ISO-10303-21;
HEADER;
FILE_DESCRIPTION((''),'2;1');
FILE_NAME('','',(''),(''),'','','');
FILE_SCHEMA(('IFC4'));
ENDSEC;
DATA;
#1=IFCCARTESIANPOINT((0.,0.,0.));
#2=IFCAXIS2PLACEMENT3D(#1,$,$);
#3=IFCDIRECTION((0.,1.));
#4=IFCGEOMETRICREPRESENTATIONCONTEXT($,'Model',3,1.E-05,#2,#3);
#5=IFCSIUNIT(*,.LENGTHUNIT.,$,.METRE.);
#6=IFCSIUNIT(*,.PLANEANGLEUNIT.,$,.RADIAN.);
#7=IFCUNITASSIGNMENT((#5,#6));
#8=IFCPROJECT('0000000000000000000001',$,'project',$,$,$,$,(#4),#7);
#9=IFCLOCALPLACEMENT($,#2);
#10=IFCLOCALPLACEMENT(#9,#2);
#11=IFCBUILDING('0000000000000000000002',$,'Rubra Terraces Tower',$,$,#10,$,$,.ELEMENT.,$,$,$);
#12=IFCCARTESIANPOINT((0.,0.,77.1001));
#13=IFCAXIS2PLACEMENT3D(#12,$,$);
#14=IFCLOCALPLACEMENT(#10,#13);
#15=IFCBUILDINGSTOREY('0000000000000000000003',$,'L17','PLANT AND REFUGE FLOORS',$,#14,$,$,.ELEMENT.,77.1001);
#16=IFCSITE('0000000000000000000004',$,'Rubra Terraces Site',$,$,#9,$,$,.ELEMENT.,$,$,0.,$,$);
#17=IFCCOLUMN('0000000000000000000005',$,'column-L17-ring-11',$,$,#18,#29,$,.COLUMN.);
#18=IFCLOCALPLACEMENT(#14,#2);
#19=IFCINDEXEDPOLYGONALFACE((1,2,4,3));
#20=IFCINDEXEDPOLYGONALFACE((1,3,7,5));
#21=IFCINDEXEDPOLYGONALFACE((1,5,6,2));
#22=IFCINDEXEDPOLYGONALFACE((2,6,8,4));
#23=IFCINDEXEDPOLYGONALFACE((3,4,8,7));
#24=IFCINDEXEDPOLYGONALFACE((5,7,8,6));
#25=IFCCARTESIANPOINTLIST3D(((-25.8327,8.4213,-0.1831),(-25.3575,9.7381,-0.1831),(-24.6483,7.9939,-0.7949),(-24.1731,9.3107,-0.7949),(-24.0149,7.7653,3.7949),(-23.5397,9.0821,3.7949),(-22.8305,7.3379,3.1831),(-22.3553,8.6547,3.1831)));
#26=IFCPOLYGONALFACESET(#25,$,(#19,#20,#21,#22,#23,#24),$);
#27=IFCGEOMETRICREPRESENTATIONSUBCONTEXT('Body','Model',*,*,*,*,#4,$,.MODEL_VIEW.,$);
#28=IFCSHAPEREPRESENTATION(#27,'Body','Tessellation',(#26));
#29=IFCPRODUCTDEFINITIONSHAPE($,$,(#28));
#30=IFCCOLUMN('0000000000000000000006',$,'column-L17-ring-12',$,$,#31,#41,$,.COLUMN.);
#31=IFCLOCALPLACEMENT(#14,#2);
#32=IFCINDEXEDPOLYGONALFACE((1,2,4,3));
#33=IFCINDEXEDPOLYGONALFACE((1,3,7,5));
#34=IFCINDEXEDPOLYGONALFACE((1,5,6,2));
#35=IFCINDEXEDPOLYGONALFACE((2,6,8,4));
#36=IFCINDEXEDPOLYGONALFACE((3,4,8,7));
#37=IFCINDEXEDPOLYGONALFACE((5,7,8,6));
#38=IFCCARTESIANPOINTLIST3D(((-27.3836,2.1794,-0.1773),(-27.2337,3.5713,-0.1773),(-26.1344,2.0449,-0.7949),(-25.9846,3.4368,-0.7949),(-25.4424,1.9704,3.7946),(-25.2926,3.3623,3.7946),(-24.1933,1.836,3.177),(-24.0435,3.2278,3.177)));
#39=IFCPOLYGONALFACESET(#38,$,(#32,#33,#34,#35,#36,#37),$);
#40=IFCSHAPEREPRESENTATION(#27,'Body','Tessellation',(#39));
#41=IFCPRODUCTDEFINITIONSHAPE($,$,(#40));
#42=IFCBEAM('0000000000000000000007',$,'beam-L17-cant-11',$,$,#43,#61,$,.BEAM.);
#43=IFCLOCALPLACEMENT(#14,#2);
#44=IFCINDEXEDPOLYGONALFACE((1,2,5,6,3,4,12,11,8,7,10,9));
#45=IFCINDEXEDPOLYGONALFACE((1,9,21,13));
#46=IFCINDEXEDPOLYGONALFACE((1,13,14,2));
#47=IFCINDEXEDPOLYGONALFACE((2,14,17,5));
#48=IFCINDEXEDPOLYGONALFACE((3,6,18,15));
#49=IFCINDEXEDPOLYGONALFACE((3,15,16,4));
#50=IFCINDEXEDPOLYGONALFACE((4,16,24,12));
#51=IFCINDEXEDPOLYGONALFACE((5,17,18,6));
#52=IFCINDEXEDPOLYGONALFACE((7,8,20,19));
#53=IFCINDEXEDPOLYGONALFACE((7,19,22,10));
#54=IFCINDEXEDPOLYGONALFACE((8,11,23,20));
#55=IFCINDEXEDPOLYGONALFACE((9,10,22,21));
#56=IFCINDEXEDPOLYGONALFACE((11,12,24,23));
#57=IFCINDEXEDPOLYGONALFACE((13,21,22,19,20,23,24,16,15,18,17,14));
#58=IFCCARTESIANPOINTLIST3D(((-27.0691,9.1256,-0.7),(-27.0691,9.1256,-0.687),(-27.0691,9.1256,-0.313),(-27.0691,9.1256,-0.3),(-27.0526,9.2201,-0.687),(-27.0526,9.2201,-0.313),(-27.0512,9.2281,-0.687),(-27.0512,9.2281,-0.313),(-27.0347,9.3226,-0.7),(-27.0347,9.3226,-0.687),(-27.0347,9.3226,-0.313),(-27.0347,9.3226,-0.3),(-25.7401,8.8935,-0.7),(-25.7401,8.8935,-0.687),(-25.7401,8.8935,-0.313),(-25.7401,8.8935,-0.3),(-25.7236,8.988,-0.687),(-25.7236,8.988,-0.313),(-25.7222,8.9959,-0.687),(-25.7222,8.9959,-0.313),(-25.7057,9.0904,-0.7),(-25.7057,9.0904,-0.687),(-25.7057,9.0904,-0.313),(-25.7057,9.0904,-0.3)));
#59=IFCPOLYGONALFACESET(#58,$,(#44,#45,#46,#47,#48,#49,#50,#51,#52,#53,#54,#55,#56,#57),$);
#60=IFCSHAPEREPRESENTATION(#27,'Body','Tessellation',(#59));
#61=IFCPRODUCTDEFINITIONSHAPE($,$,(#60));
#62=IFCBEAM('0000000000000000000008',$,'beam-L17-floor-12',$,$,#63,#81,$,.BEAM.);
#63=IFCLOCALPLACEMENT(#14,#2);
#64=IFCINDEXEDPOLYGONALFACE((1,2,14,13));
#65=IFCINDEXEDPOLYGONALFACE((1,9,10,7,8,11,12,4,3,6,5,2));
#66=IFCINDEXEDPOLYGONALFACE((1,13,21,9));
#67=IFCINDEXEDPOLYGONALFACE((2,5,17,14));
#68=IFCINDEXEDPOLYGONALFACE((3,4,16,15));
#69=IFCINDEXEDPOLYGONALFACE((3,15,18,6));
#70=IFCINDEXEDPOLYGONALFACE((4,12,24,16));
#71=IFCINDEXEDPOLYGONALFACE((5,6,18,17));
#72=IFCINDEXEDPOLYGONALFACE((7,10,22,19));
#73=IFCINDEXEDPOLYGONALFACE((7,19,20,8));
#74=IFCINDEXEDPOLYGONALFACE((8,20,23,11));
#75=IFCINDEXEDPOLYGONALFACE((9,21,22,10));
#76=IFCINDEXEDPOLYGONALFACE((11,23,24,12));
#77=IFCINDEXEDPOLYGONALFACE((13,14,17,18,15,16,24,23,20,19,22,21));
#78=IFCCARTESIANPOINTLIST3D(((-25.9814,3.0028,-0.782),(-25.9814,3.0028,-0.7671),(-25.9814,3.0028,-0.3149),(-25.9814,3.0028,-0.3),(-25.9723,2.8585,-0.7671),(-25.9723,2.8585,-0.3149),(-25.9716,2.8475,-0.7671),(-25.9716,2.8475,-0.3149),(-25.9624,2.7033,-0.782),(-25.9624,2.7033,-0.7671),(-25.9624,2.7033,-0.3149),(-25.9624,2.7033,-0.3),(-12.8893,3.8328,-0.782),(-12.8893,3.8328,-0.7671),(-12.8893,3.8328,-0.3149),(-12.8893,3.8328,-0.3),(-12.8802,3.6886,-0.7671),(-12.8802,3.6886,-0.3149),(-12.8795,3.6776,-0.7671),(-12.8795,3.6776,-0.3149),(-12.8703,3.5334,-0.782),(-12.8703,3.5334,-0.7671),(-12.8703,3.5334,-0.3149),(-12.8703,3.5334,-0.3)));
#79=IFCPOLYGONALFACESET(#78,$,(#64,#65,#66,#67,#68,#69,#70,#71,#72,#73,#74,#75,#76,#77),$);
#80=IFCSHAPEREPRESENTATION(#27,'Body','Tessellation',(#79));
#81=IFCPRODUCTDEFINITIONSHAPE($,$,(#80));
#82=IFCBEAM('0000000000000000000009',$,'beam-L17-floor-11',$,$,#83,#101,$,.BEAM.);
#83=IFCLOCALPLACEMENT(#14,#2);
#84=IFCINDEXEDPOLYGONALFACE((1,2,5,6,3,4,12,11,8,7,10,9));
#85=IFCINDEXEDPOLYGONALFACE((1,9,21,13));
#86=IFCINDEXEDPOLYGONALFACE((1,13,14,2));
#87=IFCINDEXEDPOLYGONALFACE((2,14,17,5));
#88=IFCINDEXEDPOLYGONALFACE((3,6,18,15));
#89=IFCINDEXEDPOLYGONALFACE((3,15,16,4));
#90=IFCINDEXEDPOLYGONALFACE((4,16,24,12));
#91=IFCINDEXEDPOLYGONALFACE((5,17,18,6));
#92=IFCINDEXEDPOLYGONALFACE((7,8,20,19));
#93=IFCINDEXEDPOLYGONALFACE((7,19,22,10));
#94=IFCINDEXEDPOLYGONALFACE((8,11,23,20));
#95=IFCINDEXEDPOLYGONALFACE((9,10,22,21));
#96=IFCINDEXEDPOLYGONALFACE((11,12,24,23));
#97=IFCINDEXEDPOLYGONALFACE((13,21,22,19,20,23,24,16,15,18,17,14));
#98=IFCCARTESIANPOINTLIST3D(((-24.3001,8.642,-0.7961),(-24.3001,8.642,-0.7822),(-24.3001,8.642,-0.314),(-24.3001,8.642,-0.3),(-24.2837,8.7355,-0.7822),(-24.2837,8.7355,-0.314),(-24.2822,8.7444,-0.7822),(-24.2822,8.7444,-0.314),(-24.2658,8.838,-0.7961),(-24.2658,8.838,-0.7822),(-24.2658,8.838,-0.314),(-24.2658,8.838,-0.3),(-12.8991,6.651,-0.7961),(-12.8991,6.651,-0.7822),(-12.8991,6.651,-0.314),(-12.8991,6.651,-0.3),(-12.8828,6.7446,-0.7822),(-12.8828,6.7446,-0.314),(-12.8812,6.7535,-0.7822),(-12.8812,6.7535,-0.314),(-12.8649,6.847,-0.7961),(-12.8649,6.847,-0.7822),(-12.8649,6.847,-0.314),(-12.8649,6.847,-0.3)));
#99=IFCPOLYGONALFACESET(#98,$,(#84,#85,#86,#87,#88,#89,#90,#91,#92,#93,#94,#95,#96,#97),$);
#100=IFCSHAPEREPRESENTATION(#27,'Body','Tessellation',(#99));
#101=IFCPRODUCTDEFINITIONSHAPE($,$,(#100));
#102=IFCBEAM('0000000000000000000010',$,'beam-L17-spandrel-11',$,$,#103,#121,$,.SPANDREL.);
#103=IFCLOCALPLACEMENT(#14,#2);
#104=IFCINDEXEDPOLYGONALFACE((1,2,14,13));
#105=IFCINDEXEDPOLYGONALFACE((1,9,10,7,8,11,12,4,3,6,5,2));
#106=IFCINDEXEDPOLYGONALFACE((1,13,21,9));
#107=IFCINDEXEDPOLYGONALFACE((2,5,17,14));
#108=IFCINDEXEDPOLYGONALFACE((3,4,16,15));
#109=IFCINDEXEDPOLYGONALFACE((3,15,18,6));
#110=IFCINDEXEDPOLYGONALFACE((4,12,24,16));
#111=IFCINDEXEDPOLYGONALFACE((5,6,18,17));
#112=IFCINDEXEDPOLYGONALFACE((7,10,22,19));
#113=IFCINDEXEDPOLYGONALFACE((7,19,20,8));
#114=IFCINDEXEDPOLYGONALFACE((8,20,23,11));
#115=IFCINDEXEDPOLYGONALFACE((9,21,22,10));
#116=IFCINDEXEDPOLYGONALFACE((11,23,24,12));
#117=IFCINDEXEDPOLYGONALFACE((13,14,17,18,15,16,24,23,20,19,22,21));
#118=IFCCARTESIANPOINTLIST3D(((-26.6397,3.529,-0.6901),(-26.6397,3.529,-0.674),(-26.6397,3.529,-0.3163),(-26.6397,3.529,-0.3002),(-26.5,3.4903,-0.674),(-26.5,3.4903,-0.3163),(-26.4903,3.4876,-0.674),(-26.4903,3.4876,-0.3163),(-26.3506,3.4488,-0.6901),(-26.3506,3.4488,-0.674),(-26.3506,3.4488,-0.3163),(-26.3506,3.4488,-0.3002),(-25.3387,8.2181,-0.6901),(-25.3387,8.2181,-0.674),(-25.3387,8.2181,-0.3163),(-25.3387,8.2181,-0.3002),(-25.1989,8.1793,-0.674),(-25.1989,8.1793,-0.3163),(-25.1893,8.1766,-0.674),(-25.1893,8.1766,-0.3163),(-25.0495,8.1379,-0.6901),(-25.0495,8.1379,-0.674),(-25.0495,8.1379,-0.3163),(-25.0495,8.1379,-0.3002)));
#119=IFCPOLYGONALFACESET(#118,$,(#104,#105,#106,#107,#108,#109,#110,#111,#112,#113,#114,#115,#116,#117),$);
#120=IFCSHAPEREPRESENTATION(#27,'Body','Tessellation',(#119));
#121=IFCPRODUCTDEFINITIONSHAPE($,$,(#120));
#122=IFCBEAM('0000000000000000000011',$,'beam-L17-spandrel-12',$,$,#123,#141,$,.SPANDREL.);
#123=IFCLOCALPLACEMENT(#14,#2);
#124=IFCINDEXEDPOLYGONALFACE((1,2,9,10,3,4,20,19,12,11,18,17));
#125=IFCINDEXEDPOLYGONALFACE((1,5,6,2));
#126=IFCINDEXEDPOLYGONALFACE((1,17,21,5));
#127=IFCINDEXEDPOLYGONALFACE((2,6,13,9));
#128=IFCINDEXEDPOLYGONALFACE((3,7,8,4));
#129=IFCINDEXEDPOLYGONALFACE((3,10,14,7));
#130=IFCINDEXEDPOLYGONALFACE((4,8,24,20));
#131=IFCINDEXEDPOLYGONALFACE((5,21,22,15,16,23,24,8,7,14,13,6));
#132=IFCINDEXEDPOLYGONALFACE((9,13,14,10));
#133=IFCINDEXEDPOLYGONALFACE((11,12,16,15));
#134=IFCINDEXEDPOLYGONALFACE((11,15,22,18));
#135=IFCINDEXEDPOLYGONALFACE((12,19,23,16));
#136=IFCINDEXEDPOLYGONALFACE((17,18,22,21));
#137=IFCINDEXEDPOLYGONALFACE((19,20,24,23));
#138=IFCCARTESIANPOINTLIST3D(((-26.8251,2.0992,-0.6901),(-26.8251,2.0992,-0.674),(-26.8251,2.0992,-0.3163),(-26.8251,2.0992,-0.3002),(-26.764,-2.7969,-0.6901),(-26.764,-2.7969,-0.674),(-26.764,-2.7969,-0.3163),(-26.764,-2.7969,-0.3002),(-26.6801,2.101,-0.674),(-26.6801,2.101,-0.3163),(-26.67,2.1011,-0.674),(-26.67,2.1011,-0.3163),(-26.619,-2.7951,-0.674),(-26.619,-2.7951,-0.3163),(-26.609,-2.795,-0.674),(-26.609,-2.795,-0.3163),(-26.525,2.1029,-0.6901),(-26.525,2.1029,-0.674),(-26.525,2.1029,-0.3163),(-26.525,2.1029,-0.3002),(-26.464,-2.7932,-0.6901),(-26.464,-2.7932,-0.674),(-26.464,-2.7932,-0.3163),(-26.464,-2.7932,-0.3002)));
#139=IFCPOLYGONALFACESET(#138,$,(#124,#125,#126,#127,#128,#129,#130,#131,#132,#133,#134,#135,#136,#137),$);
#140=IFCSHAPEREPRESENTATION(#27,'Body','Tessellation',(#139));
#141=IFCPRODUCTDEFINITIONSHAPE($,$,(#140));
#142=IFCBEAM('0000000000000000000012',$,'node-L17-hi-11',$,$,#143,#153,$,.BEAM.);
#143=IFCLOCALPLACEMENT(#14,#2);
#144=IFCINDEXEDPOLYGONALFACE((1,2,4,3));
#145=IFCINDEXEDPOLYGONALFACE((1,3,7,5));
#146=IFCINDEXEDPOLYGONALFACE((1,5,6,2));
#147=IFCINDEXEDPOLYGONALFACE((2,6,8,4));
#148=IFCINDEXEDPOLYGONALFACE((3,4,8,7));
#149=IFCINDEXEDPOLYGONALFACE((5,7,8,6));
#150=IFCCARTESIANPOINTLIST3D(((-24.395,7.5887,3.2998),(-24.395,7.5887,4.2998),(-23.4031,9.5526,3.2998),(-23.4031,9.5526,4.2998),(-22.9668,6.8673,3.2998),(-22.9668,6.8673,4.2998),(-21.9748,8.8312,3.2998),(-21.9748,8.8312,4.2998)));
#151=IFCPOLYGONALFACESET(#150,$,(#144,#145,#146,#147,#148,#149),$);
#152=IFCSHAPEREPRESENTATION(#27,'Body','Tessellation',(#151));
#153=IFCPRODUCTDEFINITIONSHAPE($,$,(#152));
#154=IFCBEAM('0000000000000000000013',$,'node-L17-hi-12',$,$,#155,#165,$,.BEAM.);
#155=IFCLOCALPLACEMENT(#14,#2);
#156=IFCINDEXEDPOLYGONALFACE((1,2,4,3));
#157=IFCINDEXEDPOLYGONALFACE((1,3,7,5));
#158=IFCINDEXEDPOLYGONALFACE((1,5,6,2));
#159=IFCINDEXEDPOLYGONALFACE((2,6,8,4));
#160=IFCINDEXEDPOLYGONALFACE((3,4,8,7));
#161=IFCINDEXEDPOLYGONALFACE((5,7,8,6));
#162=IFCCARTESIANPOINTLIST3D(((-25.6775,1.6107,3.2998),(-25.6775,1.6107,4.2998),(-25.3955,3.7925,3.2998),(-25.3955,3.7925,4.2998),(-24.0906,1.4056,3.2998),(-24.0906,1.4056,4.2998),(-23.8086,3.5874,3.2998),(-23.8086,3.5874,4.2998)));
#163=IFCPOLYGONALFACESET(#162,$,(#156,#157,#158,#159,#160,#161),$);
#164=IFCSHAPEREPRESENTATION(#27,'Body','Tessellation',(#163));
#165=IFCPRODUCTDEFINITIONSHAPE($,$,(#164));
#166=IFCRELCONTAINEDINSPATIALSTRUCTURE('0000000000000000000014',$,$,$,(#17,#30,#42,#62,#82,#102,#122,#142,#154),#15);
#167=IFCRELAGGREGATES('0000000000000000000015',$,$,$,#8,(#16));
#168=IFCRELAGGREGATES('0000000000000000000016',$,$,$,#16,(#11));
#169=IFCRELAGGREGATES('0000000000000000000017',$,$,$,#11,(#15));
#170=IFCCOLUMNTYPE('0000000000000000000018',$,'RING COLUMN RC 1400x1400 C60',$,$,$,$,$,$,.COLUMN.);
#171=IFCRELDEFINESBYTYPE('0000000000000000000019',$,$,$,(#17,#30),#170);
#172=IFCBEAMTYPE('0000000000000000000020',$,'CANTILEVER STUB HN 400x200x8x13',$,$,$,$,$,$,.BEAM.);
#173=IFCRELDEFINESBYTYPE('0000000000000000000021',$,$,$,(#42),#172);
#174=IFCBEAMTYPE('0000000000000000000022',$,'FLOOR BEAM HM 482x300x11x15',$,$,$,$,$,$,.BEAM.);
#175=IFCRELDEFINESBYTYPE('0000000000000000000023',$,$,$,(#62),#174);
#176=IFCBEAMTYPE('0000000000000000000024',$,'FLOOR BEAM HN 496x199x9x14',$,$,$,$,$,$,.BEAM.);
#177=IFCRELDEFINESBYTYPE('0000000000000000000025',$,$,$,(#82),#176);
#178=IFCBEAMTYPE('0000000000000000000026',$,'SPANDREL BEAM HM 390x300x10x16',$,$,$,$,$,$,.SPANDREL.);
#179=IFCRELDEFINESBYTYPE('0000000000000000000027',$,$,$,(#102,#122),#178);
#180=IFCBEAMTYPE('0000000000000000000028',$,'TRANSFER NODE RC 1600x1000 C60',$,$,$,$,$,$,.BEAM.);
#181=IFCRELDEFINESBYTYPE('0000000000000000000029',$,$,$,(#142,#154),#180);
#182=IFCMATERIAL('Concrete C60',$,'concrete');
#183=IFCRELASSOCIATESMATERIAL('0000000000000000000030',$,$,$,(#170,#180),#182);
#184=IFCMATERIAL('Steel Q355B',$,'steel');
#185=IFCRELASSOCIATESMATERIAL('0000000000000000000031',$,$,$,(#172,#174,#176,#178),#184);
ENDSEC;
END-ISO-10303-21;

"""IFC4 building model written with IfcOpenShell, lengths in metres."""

from ifc_helpers import new_model, si_unit, direction, frame, origin, origin_2d, place, context, subcontext, project, spatial, rectangle, i_section, extrude, material, material_profile, profile_set, type_object, element, save


model = new_model("IFC4")

# Units and contexts
model_context = context("Model", 3, precision=1e-05, world=origin(), true_north=direction((0.0, 1.0)))
body_context = subcontext(model_context, "Body", "Model", "MODEL_VIEW")
ifc_project = project(units=[si_unit("LENGTHUNIT", "METRE"), si_unit("PLANEANGLEUNIT", "RADIAN")], contexts=[model_context])

# Site, building, storey
site_placement = place(None, origin())
site = spatial("IfcSite", under=ifc_project, at=site_placement, Name="Rubra Terraces Site", CompositionType="ELEMENT", RefElevation=0.0)
building_placement = place(site_placement, origin())
building = spatial("IfcBuilding", under=site, at=building_placement, Name="Rubra Terraces Tower", CompositionType="ELEMENT")
storey_placement = place(building_placement, frame((0.0, 0.0, 77.1001)))
storey = spatial("IfcBuildingStorey", under=building, at=storey_placement, Name="L17", Description="PLANT AND REFUGE FLOORS", CompositionType="ELEMENT", Elevation=77.1001)

# Columns
ifc_material_1 = material(Name="Concrete C60", Category="concrete")
ifc_material_profile_1 = material_profile(ifc_material_1, rectangle(XDim=1.3999, YDim=1.3999, at=origin_2d()), Name="RC 1400x1400")
ifc_profile_set_1 = profile_set([ifc_material_profile_1], Name="Concrete C60")
column_type = type_object("IfcColumnType", Name="RING COLUMN RC 1400x1400 C60", PredefinedType="COLUMN", material=ifc_profile_set_1)
column_1_placement = place(storey_placement, frame((-25.0029, 8.866, -0.489), z_axis=(0.411038, -0.148329, 0.89947), x_axis=(0.33944, 0.940628, 0.0)))
element("IfcColumn", 1, at=column_1_placement, inside=storey, type_object=column_type, Name="column-L17-ring-11", PredefinedType="COLUMN", context=body_context, shape_type="SweptSolid", body=[
    extrude(rectangle(XDim=1.3999, YDim=1.3999, at=origin_2d()), origin(), (0.0, 0.0, 1.0), 4.4226),
])
column_2_placement = place(storey_placement, frame((-26.6841, 2.8081, -0.4861), z_axis=(0.438599, -0.047219, 0.897442), x_axis=(0.107041, 0.994255, 0.0)))
element("IfcColumn", 2, at=column_2_placement, inside=storey, type_object=column_type, Name="column-L17-ring-12", PredefinedType="COLUMN", context=body_context, shape_type="SweptSolid", body=[
    extrude(rectangle(XDim=1.3999, YDim=1.3999, at=origin_2d()), origin(), (0.0, 0.0, 1.0), 4.4258),
])

# Beams
ifc_material_2 = material(Name="Steel Q355B", Category="steel")
ifc_material_profile_2 = material_profile(ifc_material_2, i_section(OverallWidth=0.2, OverallDepth=0.3999, WebThickness=0.0081, FlangeThickness=0.0129, at=origin_2d()), Name="HN 400x200x8x13")
ifc_profile_set_2 = profile_set([ifc_material_profile_2], Name="Steel Q355B")
beam_type_1 = type_object("IfcBeamType", Name="CANTILEVER STUB HN 400x200x8x13", PredefinedType="BEAM", material=ifc_profile_set_2)
beam_1_placement = place(storey_placement, frame((-25.7229, 8.9919, -0.5), z_axis=(-0.985083, 0.172082, 0.0), x_axis=(-0.172082, -0.985083, 0.0)))
element("IfcBeam", 3, at=beam_1_placement, inside=storey, type_object=beam_type_1, Name="beam-L17-cant-11", PredefinedType="BEAM", context=body_context, shape_type="SweptSolid", body=[
    extrude(i_section(OverallWidth=0.2, OverallDepth=0.3999, WebThickness=0.0081, FlangeThickness=0.0129, at=origin_2d()), origin(), (0.0, 0.0, 1.0), 1.3491),
])
ifc_material_profile_3 = material_profile(ifc_material_2, i_section(OverallWidth=0.3, OverallDepth=0.4819, WebThickness=0.011, FlangeThickness=0.0149, at=origin_2d()), Name="HM 482x300x11x15")
ifc_profile_set_3 = profile_set([ifc_material_profile_3], Name="Steel Q355B")
beam_type_2 = type_object("IfcBeamType", Name="FLOOR BEAM HM 482x300x11x15", PredefinedType="BEAM", material=ifc_profile_set_3)
beam_2_placement = place(storey_placement, frame((-25.9719, 2.853, -0.541), z_axis=(0.997996, 0.063276, 0.0), x_axis=(-0.063276, 0.997996, 0.0)))
element("IfcBeam", 4, at=beam_2_placement, inside=storey, type_object=beam_type_2, Name="beam-L17-floor-12", PredefinedType="BEAM", context=body_context, shape_type="SweptSolid", body=[
    extrude(i_section(OverallWidth=0.3, OverallDepth=0.4819, WebThickness=0.011, FlangeThickness=0.0149, at=origin_2d()), origin(), (0.0, 0.0, 1.0), 13.1184),
])
ifc_material_profile_4 = material_profile(ifc_material_2, i_section(OverallWidth=0.199, OverallDepth=0.4961, WebThickness=0.009, FlangeThickness=0.0139, at=origin_2d()), Name="HN 496x199x9x14")
ifc_profile_set_4 = profile_set([ifc_material_profile_4], Name="Steel Q355B")
beam_type_3 = type_object("IfcBeamType", Name="FLOOR BEAM HN 496x199x9x14", PredefinedType="BEAM", material=ifc_profile_set_4)
beam_3_placement = place(storey_placement, frame((-24.283, 8.74, -0.5481), z_axis=(0.985092, -0.172029, 0.0), x_axis=(0.172029, 0.985092, 0.0)))
element("IfcBeam", 5, at=beam_3_placement, inside=storey, type_object=beam_type_3, Name="beam-L17-floor-11", PredefinedType="BEAM", context=body_context, shape_type="SweptSolid", body=[
    extrude(i_section(OverallWidth=0.199, OverallDepth=0.4961, WebThickness=0.009, FlangeThickness=0.0139, at=origin_2d()), origin(), (0.0, 0.0, 1.0), 11.5735),
])
ifc_material_profile_5 = material_profile(ifc_material_2, i_section(OverallWidth=0.3, OverallDepth=0.3899, WebThickness=0.01, FlangeThickness=0.0161, at=origin_2d()), Name="HM 390x300x10x16")
ifc_profile_set_5 = profile_set([ifc_material_profile_5], Name="Steel Q355B")
beam_type_4 = type_object("IfcBeamType", Name="SPANDREL BEAM HM 390x300x10x16", PredefinedType="SPANDREL", material=ifc_profile_set_5)
beam_4_placement = place(storey_placement, frame((-25.1941, 8.178, -0.4951), z_axis=(-0.267364, -0.963595, 0.0), x_axis=(0.963595, -0.267364, 0.0)))
element("IfcBeam", 6, at=beam_4_placement, inside=storey, type_object=beam_type_4, Name="beam-L17-spandrel-11", PredefinedType="SPANDREL", context=body_context, shape_type="SweptSolid", body=[
    extrude(i_section(OverallWidth=0.3, OverallDepth=0.3899, WebThickness=0.01, FlangeThickness=0.0161, at=origin_2d()), origin(), (0.0, 0.0, 1.0), 4.8662),
])
beam_5_placement = place(storey_placement, frame((-26.675, 2.1011, -0.4951), z_axis=(0.012465, -0.999922, 0.0), x_axis=(0.999922, 0.012465, 0.0)))
element("IfcBeam", 7, at=beam_5_placement, inside=storey, type_object=beam_type_4, Name="beam-L17-spandrel-12", PredefinedType="SPANDREL", context=body_context, shape_type="SweptSolid", body=[
    extrude(i_section(OverallWidth=0.3, OverallDepth=0.3899, WebThickness=0.01, FlangeThickness=0.0161, at=origin_2d()), origin(), (0.0, 0.0, 1.0), 4.8965),
])
ifc_material_profile_6 = material_profile(ifc_material_1, rectangle(XDim=1.6001, YDim=1.0, at=origin_2d()), Name="RC 1600x1000")
ifc_profile_set_6 = profile_set([ifc_material_profile_6], Name="Concrete C60")
beam_type_5 = type_object("IfcBeamType", Name="TRANSFER NODE RC 1600x1000 C60", PredefinedType="BEAM", material=ifc_profile_set_6)
beam_6_placement = place(storey_placement, frame((-22.689, 9.1919, 3.7998), z_axis=(-0.45085, -0.8926, 0.0), x_axis=(0.8926, -0.45085, 0.0)))
element("IfcBeam", 8, at=beam_6_placement, inside=storey, type_object=beam_type_5, Name="node-L17-hi-11", PredefinedType="BEAM", context=body_context, shape_type="SweptSolid", body=[
    extrude(rectangle(XDim=1.6001, YDim=1.0, at=origin_2d()), origin(), (0.0, 0.0, 1.0), 2.2002),
])
beam_7_placement = place(storey_placement, frame((-24.6021, 3.6899, 3.7998), z_axis=(-0.128172, -0.991752, 0.0), x_axis=(0.991752, -0.128172, 0.0)))
element("IfcBeam", 9, at=beam_7_placement, inside=storey, type_object=beam_type_5, Name="node-L17-hi-12", PredefinedType="BEAM", context=body_context, shape_type="SweptSolid", body=[
    extrude(rectangle(XDim=1.6001, YDim=1.0, at=origin_2d()), origin(), (0.0, 0.0, 1.0), 2.2),
])

save(model, "model.ifc")
